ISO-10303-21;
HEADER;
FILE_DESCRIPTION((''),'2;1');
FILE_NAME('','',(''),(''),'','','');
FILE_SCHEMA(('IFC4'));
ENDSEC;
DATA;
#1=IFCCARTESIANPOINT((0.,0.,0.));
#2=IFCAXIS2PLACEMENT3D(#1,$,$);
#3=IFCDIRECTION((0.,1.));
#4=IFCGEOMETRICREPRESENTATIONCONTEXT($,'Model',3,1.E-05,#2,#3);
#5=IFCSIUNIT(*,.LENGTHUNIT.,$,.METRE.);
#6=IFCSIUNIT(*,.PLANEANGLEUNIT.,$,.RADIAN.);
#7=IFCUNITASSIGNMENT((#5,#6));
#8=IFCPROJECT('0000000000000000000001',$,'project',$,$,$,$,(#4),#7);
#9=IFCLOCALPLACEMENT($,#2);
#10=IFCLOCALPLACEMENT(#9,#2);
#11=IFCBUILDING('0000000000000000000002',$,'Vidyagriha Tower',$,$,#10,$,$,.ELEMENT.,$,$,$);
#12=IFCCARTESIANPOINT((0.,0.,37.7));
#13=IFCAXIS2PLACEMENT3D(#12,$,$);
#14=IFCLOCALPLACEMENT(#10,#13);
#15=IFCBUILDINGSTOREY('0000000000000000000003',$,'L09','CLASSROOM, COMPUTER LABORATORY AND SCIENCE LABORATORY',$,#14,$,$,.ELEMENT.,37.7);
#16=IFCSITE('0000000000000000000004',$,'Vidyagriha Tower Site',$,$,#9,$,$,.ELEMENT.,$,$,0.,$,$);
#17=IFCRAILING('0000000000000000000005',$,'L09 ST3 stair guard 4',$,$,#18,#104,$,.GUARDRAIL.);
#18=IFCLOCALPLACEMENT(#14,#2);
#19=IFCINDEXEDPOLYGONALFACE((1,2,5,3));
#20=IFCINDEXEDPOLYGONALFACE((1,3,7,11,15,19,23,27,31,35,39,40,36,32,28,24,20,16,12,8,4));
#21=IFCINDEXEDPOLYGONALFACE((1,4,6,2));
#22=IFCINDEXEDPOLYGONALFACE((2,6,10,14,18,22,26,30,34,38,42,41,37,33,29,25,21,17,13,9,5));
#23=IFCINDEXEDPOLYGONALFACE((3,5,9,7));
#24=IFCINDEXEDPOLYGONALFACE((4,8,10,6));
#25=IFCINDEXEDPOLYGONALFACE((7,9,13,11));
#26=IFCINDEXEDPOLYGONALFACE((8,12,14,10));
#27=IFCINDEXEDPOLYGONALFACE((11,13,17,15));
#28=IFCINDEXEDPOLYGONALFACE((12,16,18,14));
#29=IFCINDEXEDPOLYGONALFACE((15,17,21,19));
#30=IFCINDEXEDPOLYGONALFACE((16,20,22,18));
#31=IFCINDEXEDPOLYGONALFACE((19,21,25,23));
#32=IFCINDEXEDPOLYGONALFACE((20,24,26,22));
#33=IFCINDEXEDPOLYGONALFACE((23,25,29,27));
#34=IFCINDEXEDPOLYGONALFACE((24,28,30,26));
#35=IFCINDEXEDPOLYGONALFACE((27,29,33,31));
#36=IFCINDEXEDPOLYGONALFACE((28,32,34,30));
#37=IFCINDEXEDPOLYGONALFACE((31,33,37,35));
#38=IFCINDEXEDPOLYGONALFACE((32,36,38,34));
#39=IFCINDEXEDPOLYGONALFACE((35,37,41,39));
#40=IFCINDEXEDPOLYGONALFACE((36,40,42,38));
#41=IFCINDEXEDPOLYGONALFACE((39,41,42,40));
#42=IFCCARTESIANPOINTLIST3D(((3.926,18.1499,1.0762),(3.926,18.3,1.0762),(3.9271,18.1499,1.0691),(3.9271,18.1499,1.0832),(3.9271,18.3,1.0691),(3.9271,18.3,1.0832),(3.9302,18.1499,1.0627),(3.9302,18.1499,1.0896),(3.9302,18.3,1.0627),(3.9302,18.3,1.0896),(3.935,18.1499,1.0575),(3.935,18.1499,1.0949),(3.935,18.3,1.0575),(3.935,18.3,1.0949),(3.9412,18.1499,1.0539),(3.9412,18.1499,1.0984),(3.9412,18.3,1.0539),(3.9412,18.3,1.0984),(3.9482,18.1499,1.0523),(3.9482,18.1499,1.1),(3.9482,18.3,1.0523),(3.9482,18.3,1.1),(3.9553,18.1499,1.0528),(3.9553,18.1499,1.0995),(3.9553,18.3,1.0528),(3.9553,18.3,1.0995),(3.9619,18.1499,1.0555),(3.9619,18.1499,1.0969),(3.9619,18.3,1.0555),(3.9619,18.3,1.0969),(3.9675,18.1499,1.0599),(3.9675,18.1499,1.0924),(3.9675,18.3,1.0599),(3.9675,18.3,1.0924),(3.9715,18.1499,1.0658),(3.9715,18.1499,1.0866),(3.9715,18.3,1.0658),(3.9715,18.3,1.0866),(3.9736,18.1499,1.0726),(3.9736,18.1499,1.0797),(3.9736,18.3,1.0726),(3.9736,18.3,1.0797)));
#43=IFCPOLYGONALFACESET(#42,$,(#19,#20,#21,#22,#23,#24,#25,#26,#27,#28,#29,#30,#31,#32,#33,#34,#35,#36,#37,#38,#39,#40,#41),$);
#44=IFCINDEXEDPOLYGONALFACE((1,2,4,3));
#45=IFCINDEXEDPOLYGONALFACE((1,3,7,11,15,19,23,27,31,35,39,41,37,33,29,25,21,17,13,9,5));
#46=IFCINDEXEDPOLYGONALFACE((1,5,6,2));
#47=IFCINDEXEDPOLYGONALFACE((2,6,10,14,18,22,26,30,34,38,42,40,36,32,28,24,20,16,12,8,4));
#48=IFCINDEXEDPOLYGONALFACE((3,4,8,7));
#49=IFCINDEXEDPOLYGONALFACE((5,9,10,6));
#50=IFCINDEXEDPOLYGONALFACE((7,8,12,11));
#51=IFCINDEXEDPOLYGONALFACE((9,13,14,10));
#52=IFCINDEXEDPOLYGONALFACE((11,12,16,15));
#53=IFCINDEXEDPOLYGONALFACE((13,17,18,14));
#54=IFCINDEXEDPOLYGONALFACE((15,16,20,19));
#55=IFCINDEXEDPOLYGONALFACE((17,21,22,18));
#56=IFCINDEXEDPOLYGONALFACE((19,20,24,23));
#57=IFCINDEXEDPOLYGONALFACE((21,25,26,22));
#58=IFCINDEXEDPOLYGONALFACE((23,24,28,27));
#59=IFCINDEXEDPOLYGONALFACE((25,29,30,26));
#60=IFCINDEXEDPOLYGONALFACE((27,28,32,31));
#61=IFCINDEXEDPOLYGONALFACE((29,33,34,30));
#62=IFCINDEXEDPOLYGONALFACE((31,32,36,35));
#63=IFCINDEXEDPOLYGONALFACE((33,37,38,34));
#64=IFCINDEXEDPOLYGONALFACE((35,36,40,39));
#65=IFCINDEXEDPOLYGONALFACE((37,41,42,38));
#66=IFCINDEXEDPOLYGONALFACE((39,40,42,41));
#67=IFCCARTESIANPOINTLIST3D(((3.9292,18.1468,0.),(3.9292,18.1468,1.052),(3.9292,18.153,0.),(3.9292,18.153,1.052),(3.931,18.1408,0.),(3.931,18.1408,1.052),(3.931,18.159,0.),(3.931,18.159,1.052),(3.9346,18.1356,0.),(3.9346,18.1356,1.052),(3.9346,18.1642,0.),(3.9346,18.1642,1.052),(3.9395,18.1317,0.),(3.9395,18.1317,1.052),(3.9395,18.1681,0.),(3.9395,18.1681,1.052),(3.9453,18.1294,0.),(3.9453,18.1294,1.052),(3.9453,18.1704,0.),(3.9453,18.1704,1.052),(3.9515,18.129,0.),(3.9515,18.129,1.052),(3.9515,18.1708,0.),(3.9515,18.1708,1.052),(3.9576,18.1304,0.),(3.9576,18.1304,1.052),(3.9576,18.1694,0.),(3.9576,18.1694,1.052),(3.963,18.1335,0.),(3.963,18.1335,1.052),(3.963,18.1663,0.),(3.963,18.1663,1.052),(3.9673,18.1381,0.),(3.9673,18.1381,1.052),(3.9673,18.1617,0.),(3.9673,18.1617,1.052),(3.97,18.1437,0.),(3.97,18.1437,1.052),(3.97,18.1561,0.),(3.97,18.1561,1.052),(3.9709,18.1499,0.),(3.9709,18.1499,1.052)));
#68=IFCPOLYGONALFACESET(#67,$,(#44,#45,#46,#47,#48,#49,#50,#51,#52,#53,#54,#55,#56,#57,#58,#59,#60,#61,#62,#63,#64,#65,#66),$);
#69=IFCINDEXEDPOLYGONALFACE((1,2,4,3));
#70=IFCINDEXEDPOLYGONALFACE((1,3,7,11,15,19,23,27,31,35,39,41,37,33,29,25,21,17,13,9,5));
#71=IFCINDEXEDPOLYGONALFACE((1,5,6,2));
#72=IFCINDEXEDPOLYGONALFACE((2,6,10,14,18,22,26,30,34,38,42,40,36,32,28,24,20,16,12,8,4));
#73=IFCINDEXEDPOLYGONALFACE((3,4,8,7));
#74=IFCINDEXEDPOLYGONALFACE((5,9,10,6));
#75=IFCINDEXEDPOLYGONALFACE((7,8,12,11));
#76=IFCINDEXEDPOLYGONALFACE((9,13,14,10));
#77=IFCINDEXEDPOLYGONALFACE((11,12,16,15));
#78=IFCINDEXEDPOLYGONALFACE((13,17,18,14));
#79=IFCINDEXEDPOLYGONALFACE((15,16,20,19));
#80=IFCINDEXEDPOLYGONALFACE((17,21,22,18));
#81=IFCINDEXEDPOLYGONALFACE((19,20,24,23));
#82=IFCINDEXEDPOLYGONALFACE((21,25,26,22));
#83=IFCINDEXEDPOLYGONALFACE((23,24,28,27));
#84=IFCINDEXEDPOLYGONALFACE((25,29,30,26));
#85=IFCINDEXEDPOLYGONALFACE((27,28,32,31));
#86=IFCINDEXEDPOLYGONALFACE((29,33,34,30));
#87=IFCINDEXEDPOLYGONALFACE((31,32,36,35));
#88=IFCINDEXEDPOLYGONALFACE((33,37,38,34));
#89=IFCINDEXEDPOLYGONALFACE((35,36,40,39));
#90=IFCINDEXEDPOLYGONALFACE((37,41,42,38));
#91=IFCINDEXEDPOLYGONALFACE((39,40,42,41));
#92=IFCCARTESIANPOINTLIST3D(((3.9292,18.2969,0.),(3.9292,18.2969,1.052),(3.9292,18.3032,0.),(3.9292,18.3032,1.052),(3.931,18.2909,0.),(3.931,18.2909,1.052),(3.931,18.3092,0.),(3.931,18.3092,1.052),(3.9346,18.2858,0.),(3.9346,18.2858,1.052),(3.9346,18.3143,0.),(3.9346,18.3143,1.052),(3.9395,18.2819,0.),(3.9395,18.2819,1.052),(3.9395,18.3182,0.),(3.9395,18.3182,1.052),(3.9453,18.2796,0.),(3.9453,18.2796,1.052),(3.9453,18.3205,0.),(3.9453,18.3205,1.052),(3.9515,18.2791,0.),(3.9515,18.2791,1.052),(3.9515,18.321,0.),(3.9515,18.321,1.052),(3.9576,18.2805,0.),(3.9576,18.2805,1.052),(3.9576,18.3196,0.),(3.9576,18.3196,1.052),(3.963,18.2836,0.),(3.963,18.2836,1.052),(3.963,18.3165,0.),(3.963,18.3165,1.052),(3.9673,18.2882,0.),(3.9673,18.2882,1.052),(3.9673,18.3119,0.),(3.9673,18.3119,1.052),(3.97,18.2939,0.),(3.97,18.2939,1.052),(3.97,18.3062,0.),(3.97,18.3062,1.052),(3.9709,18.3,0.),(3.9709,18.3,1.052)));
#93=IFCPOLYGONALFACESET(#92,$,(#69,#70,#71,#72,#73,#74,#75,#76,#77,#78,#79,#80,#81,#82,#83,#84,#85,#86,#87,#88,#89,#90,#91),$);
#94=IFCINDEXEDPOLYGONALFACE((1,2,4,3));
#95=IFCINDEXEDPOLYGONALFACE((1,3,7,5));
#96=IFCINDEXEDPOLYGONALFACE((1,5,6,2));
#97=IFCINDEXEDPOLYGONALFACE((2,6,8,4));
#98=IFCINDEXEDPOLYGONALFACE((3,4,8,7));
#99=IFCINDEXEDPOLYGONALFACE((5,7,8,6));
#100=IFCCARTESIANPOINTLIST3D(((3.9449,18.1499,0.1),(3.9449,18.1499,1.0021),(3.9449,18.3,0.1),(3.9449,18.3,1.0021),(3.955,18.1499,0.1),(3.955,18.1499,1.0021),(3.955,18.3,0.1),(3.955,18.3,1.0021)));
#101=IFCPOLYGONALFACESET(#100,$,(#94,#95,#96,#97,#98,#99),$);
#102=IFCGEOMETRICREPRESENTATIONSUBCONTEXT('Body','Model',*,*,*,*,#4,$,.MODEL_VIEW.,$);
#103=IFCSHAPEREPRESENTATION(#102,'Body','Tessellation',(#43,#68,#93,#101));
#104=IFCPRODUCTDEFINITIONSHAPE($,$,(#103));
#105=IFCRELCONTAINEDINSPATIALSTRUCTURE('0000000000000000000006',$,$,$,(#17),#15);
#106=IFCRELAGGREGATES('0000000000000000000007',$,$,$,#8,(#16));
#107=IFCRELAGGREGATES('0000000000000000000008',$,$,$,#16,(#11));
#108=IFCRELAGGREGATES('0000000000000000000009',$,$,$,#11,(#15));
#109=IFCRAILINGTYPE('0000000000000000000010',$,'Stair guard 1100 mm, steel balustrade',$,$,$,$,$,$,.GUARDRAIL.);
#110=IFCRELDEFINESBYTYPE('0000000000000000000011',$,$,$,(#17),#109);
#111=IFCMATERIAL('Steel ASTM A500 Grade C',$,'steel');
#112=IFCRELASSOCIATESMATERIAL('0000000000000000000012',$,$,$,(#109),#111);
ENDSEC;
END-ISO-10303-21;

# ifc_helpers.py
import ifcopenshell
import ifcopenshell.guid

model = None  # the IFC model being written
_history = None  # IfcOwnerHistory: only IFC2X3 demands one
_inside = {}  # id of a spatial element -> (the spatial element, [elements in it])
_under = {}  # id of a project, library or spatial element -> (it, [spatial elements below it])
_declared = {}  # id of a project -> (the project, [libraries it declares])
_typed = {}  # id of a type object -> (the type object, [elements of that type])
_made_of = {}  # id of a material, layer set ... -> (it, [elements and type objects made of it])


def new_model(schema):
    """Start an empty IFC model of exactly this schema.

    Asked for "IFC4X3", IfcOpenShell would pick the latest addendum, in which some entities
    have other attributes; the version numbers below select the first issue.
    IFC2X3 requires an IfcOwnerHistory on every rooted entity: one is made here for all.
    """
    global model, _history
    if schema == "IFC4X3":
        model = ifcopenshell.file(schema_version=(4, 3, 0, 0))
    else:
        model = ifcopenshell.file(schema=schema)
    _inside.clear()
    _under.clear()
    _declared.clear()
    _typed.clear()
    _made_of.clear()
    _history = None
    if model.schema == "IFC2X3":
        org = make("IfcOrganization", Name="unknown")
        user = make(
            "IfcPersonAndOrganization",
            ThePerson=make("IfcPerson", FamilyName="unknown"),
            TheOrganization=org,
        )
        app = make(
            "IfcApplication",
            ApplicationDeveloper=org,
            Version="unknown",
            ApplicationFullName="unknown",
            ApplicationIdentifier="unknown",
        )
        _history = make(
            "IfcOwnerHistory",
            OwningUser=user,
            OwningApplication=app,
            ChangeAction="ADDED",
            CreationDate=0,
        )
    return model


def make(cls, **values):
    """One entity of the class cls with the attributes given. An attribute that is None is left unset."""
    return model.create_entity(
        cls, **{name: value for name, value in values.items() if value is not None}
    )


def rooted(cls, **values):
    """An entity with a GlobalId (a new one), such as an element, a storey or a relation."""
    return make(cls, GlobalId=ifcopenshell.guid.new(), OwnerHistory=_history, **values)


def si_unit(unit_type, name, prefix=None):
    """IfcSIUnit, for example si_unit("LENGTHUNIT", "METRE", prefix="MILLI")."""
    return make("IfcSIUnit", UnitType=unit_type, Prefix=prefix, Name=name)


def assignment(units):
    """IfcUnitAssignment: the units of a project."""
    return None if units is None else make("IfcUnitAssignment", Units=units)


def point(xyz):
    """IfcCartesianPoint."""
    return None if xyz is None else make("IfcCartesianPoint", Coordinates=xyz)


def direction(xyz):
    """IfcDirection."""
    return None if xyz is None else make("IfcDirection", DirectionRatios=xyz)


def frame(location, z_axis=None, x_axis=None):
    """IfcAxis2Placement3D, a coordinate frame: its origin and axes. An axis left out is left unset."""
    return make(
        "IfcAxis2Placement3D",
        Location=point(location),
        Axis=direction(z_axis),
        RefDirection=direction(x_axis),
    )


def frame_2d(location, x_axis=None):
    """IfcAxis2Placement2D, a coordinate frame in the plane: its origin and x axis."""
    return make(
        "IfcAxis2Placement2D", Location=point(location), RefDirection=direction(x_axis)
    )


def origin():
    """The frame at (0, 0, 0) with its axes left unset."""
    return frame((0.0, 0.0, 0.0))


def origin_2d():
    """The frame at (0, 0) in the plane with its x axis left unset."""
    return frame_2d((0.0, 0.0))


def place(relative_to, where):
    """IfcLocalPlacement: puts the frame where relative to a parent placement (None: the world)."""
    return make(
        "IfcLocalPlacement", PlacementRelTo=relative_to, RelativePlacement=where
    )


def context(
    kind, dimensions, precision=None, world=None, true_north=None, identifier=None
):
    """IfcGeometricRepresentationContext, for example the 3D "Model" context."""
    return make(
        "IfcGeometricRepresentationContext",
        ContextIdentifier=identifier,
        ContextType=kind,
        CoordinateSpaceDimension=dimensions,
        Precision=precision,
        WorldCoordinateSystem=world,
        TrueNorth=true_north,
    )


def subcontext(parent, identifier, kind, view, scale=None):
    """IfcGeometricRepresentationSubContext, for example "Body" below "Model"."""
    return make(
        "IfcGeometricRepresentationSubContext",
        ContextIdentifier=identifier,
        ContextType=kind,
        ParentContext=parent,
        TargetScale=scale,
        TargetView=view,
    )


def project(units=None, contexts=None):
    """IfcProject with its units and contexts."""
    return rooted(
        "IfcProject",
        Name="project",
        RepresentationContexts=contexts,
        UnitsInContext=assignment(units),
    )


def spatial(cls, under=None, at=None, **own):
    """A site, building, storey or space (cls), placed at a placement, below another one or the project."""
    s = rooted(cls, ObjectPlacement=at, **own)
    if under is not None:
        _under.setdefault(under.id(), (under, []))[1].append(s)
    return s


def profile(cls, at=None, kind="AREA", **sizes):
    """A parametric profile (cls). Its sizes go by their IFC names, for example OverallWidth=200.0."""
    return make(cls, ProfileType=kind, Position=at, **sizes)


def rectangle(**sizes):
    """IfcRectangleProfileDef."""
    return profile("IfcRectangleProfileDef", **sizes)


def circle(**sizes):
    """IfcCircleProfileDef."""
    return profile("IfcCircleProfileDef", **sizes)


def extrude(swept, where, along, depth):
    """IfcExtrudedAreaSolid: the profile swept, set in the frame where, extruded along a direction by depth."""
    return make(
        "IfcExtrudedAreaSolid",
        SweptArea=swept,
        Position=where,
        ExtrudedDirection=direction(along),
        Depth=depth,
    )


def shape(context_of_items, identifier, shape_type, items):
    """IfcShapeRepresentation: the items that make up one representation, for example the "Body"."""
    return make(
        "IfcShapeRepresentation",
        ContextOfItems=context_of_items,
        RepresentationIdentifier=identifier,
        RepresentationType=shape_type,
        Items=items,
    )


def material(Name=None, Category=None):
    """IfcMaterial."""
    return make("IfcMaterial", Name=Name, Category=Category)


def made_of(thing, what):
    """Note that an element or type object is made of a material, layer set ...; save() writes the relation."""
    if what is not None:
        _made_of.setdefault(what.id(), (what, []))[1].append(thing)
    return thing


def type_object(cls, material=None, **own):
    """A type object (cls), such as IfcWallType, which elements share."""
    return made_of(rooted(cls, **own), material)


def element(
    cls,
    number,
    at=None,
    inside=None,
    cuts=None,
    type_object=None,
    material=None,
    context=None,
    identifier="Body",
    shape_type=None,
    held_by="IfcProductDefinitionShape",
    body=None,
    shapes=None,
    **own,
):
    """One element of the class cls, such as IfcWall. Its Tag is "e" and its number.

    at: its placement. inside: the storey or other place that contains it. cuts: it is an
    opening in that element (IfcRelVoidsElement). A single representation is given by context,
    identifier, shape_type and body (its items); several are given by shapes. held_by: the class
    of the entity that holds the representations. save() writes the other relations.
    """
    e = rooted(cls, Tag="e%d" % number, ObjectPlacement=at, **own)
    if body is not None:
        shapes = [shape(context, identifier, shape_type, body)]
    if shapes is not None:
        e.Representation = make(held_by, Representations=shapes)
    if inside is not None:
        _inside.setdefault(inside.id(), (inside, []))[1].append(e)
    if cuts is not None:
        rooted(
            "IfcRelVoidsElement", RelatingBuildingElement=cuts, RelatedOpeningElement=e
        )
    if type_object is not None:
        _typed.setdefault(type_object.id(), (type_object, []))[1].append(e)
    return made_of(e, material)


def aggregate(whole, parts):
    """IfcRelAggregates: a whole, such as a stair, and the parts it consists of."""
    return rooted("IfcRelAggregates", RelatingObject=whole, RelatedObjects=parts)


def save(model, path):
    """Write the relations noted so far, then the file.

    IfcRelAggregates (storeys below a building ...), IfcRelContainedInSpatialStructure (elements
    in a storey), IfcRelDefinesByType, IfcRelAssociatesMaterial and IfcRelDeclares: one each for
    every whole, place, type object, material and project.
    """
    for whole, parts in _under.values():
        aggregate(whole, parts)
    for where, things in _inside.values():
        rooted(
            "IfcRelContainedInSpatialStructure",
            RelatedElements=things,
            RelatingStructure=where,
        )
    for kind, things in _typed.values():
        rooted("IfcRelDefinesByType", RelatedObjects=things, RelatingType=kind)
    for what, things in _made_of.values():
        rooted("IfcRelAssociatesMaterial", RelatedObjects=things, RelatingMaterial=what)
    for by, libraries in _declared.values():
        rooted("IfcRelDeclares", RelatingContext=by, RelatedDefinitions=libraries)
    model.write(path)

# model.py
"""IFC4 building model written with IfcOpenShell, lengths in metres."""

from ifc_helpers import new_model, si_unit, direction, frame, origin, origin_2d, place, context, subcontext, project, spatial, rectangle, circle, extrude, material, type_object, element, save


model = new_model("IFC4")

# Units and contexts
model_context = context("Model", 3, precision=1e-05, world=origin(), true_north=direction((0.0, 1.0)))
body_context = subcontext(model_context, "Body", "Model", "MODEL_VIEW")
ifc_project = project(units=[si_unit("LENGTHUNIT", "METRE"), si_unit("PLANEANGLEUNIT", "RADIAN")], contexts=[model_context])

# Site, building, storey
site_placement = place(None, origin())
site = spatial("IfcSite", under=ifc_project, at=site_placement, Name="Vidyagriha Tower Site", CompositionType="ELEMENT", RefElevation=0.0)
building_placement = place(site_placement, origin())
building = spatial("IfcBuilding", under=site, at=building_placement, Name="Vidyagriha Tower", CompositionType="ELEMENT")
storey_placement = place(building_placement, frame((0.0, 0.0, 37.7)))
storey = spatial("IfcBuildingStorey", under=building, at=storey_placement, Name="L09", Description="CLASSROOM, COMPUTER LABORATORY AND SCIENCE LABORATORY", CompositionType="ELEMENT", Elevation=37.7)

# Railing
ifc_material_1 = material(Name="Steel ASTM A500 Grade C", Category="steel")
railing_type_1 = type_object("IfcRailingType", Name="Stair guard 1100 mm, steel balustrade", PredefinedType="GUARDRAIL", material=ifc_material_1)
railing_1_placement = place(storey_placement, frame((3.95, 18.1499, 0.0)))
element("IfcRailing", 1, at=railing_1_placement, inside=storey, type_object=railing_type_1, Name="L09 ST3 stair guard 4", PredefinedType="GUARDRAIL", context=body_context, shape_type="SweptSolid", body=[
    extrude(circle(Radius=0.0239, at=origin_2d()), frame((0.0, 0.0, 1.0762), z_axis=(0.0, 1.0, 0.0), x_axis=(-1.0, 0.0, 0.0)), (0.0, 0.0, 1.0), 0.1501),
    extrude(circle(Radius=0.021, at=origin_2d()), origin(), (0.0, 0.0, 1.0), 1.052),
    extrude(circle(Radius=0.021, at=origin_2d()), frame((0.0, 0.1501, 0.0)), (0.0, 0.0, 1.0), 1.052),
    extrude(rectangle(XDim=0.01, YDim=0.9021, at=origin_2d()), frame((0.0, 0.0, 0.551), z_axis=(0.0, 1.0, 0.0), x_axis=(-1.0, 0.0, 0.0)), (0.0, 0.0, 1.0), 0.1501),
])

save(model, "model.ifc")
